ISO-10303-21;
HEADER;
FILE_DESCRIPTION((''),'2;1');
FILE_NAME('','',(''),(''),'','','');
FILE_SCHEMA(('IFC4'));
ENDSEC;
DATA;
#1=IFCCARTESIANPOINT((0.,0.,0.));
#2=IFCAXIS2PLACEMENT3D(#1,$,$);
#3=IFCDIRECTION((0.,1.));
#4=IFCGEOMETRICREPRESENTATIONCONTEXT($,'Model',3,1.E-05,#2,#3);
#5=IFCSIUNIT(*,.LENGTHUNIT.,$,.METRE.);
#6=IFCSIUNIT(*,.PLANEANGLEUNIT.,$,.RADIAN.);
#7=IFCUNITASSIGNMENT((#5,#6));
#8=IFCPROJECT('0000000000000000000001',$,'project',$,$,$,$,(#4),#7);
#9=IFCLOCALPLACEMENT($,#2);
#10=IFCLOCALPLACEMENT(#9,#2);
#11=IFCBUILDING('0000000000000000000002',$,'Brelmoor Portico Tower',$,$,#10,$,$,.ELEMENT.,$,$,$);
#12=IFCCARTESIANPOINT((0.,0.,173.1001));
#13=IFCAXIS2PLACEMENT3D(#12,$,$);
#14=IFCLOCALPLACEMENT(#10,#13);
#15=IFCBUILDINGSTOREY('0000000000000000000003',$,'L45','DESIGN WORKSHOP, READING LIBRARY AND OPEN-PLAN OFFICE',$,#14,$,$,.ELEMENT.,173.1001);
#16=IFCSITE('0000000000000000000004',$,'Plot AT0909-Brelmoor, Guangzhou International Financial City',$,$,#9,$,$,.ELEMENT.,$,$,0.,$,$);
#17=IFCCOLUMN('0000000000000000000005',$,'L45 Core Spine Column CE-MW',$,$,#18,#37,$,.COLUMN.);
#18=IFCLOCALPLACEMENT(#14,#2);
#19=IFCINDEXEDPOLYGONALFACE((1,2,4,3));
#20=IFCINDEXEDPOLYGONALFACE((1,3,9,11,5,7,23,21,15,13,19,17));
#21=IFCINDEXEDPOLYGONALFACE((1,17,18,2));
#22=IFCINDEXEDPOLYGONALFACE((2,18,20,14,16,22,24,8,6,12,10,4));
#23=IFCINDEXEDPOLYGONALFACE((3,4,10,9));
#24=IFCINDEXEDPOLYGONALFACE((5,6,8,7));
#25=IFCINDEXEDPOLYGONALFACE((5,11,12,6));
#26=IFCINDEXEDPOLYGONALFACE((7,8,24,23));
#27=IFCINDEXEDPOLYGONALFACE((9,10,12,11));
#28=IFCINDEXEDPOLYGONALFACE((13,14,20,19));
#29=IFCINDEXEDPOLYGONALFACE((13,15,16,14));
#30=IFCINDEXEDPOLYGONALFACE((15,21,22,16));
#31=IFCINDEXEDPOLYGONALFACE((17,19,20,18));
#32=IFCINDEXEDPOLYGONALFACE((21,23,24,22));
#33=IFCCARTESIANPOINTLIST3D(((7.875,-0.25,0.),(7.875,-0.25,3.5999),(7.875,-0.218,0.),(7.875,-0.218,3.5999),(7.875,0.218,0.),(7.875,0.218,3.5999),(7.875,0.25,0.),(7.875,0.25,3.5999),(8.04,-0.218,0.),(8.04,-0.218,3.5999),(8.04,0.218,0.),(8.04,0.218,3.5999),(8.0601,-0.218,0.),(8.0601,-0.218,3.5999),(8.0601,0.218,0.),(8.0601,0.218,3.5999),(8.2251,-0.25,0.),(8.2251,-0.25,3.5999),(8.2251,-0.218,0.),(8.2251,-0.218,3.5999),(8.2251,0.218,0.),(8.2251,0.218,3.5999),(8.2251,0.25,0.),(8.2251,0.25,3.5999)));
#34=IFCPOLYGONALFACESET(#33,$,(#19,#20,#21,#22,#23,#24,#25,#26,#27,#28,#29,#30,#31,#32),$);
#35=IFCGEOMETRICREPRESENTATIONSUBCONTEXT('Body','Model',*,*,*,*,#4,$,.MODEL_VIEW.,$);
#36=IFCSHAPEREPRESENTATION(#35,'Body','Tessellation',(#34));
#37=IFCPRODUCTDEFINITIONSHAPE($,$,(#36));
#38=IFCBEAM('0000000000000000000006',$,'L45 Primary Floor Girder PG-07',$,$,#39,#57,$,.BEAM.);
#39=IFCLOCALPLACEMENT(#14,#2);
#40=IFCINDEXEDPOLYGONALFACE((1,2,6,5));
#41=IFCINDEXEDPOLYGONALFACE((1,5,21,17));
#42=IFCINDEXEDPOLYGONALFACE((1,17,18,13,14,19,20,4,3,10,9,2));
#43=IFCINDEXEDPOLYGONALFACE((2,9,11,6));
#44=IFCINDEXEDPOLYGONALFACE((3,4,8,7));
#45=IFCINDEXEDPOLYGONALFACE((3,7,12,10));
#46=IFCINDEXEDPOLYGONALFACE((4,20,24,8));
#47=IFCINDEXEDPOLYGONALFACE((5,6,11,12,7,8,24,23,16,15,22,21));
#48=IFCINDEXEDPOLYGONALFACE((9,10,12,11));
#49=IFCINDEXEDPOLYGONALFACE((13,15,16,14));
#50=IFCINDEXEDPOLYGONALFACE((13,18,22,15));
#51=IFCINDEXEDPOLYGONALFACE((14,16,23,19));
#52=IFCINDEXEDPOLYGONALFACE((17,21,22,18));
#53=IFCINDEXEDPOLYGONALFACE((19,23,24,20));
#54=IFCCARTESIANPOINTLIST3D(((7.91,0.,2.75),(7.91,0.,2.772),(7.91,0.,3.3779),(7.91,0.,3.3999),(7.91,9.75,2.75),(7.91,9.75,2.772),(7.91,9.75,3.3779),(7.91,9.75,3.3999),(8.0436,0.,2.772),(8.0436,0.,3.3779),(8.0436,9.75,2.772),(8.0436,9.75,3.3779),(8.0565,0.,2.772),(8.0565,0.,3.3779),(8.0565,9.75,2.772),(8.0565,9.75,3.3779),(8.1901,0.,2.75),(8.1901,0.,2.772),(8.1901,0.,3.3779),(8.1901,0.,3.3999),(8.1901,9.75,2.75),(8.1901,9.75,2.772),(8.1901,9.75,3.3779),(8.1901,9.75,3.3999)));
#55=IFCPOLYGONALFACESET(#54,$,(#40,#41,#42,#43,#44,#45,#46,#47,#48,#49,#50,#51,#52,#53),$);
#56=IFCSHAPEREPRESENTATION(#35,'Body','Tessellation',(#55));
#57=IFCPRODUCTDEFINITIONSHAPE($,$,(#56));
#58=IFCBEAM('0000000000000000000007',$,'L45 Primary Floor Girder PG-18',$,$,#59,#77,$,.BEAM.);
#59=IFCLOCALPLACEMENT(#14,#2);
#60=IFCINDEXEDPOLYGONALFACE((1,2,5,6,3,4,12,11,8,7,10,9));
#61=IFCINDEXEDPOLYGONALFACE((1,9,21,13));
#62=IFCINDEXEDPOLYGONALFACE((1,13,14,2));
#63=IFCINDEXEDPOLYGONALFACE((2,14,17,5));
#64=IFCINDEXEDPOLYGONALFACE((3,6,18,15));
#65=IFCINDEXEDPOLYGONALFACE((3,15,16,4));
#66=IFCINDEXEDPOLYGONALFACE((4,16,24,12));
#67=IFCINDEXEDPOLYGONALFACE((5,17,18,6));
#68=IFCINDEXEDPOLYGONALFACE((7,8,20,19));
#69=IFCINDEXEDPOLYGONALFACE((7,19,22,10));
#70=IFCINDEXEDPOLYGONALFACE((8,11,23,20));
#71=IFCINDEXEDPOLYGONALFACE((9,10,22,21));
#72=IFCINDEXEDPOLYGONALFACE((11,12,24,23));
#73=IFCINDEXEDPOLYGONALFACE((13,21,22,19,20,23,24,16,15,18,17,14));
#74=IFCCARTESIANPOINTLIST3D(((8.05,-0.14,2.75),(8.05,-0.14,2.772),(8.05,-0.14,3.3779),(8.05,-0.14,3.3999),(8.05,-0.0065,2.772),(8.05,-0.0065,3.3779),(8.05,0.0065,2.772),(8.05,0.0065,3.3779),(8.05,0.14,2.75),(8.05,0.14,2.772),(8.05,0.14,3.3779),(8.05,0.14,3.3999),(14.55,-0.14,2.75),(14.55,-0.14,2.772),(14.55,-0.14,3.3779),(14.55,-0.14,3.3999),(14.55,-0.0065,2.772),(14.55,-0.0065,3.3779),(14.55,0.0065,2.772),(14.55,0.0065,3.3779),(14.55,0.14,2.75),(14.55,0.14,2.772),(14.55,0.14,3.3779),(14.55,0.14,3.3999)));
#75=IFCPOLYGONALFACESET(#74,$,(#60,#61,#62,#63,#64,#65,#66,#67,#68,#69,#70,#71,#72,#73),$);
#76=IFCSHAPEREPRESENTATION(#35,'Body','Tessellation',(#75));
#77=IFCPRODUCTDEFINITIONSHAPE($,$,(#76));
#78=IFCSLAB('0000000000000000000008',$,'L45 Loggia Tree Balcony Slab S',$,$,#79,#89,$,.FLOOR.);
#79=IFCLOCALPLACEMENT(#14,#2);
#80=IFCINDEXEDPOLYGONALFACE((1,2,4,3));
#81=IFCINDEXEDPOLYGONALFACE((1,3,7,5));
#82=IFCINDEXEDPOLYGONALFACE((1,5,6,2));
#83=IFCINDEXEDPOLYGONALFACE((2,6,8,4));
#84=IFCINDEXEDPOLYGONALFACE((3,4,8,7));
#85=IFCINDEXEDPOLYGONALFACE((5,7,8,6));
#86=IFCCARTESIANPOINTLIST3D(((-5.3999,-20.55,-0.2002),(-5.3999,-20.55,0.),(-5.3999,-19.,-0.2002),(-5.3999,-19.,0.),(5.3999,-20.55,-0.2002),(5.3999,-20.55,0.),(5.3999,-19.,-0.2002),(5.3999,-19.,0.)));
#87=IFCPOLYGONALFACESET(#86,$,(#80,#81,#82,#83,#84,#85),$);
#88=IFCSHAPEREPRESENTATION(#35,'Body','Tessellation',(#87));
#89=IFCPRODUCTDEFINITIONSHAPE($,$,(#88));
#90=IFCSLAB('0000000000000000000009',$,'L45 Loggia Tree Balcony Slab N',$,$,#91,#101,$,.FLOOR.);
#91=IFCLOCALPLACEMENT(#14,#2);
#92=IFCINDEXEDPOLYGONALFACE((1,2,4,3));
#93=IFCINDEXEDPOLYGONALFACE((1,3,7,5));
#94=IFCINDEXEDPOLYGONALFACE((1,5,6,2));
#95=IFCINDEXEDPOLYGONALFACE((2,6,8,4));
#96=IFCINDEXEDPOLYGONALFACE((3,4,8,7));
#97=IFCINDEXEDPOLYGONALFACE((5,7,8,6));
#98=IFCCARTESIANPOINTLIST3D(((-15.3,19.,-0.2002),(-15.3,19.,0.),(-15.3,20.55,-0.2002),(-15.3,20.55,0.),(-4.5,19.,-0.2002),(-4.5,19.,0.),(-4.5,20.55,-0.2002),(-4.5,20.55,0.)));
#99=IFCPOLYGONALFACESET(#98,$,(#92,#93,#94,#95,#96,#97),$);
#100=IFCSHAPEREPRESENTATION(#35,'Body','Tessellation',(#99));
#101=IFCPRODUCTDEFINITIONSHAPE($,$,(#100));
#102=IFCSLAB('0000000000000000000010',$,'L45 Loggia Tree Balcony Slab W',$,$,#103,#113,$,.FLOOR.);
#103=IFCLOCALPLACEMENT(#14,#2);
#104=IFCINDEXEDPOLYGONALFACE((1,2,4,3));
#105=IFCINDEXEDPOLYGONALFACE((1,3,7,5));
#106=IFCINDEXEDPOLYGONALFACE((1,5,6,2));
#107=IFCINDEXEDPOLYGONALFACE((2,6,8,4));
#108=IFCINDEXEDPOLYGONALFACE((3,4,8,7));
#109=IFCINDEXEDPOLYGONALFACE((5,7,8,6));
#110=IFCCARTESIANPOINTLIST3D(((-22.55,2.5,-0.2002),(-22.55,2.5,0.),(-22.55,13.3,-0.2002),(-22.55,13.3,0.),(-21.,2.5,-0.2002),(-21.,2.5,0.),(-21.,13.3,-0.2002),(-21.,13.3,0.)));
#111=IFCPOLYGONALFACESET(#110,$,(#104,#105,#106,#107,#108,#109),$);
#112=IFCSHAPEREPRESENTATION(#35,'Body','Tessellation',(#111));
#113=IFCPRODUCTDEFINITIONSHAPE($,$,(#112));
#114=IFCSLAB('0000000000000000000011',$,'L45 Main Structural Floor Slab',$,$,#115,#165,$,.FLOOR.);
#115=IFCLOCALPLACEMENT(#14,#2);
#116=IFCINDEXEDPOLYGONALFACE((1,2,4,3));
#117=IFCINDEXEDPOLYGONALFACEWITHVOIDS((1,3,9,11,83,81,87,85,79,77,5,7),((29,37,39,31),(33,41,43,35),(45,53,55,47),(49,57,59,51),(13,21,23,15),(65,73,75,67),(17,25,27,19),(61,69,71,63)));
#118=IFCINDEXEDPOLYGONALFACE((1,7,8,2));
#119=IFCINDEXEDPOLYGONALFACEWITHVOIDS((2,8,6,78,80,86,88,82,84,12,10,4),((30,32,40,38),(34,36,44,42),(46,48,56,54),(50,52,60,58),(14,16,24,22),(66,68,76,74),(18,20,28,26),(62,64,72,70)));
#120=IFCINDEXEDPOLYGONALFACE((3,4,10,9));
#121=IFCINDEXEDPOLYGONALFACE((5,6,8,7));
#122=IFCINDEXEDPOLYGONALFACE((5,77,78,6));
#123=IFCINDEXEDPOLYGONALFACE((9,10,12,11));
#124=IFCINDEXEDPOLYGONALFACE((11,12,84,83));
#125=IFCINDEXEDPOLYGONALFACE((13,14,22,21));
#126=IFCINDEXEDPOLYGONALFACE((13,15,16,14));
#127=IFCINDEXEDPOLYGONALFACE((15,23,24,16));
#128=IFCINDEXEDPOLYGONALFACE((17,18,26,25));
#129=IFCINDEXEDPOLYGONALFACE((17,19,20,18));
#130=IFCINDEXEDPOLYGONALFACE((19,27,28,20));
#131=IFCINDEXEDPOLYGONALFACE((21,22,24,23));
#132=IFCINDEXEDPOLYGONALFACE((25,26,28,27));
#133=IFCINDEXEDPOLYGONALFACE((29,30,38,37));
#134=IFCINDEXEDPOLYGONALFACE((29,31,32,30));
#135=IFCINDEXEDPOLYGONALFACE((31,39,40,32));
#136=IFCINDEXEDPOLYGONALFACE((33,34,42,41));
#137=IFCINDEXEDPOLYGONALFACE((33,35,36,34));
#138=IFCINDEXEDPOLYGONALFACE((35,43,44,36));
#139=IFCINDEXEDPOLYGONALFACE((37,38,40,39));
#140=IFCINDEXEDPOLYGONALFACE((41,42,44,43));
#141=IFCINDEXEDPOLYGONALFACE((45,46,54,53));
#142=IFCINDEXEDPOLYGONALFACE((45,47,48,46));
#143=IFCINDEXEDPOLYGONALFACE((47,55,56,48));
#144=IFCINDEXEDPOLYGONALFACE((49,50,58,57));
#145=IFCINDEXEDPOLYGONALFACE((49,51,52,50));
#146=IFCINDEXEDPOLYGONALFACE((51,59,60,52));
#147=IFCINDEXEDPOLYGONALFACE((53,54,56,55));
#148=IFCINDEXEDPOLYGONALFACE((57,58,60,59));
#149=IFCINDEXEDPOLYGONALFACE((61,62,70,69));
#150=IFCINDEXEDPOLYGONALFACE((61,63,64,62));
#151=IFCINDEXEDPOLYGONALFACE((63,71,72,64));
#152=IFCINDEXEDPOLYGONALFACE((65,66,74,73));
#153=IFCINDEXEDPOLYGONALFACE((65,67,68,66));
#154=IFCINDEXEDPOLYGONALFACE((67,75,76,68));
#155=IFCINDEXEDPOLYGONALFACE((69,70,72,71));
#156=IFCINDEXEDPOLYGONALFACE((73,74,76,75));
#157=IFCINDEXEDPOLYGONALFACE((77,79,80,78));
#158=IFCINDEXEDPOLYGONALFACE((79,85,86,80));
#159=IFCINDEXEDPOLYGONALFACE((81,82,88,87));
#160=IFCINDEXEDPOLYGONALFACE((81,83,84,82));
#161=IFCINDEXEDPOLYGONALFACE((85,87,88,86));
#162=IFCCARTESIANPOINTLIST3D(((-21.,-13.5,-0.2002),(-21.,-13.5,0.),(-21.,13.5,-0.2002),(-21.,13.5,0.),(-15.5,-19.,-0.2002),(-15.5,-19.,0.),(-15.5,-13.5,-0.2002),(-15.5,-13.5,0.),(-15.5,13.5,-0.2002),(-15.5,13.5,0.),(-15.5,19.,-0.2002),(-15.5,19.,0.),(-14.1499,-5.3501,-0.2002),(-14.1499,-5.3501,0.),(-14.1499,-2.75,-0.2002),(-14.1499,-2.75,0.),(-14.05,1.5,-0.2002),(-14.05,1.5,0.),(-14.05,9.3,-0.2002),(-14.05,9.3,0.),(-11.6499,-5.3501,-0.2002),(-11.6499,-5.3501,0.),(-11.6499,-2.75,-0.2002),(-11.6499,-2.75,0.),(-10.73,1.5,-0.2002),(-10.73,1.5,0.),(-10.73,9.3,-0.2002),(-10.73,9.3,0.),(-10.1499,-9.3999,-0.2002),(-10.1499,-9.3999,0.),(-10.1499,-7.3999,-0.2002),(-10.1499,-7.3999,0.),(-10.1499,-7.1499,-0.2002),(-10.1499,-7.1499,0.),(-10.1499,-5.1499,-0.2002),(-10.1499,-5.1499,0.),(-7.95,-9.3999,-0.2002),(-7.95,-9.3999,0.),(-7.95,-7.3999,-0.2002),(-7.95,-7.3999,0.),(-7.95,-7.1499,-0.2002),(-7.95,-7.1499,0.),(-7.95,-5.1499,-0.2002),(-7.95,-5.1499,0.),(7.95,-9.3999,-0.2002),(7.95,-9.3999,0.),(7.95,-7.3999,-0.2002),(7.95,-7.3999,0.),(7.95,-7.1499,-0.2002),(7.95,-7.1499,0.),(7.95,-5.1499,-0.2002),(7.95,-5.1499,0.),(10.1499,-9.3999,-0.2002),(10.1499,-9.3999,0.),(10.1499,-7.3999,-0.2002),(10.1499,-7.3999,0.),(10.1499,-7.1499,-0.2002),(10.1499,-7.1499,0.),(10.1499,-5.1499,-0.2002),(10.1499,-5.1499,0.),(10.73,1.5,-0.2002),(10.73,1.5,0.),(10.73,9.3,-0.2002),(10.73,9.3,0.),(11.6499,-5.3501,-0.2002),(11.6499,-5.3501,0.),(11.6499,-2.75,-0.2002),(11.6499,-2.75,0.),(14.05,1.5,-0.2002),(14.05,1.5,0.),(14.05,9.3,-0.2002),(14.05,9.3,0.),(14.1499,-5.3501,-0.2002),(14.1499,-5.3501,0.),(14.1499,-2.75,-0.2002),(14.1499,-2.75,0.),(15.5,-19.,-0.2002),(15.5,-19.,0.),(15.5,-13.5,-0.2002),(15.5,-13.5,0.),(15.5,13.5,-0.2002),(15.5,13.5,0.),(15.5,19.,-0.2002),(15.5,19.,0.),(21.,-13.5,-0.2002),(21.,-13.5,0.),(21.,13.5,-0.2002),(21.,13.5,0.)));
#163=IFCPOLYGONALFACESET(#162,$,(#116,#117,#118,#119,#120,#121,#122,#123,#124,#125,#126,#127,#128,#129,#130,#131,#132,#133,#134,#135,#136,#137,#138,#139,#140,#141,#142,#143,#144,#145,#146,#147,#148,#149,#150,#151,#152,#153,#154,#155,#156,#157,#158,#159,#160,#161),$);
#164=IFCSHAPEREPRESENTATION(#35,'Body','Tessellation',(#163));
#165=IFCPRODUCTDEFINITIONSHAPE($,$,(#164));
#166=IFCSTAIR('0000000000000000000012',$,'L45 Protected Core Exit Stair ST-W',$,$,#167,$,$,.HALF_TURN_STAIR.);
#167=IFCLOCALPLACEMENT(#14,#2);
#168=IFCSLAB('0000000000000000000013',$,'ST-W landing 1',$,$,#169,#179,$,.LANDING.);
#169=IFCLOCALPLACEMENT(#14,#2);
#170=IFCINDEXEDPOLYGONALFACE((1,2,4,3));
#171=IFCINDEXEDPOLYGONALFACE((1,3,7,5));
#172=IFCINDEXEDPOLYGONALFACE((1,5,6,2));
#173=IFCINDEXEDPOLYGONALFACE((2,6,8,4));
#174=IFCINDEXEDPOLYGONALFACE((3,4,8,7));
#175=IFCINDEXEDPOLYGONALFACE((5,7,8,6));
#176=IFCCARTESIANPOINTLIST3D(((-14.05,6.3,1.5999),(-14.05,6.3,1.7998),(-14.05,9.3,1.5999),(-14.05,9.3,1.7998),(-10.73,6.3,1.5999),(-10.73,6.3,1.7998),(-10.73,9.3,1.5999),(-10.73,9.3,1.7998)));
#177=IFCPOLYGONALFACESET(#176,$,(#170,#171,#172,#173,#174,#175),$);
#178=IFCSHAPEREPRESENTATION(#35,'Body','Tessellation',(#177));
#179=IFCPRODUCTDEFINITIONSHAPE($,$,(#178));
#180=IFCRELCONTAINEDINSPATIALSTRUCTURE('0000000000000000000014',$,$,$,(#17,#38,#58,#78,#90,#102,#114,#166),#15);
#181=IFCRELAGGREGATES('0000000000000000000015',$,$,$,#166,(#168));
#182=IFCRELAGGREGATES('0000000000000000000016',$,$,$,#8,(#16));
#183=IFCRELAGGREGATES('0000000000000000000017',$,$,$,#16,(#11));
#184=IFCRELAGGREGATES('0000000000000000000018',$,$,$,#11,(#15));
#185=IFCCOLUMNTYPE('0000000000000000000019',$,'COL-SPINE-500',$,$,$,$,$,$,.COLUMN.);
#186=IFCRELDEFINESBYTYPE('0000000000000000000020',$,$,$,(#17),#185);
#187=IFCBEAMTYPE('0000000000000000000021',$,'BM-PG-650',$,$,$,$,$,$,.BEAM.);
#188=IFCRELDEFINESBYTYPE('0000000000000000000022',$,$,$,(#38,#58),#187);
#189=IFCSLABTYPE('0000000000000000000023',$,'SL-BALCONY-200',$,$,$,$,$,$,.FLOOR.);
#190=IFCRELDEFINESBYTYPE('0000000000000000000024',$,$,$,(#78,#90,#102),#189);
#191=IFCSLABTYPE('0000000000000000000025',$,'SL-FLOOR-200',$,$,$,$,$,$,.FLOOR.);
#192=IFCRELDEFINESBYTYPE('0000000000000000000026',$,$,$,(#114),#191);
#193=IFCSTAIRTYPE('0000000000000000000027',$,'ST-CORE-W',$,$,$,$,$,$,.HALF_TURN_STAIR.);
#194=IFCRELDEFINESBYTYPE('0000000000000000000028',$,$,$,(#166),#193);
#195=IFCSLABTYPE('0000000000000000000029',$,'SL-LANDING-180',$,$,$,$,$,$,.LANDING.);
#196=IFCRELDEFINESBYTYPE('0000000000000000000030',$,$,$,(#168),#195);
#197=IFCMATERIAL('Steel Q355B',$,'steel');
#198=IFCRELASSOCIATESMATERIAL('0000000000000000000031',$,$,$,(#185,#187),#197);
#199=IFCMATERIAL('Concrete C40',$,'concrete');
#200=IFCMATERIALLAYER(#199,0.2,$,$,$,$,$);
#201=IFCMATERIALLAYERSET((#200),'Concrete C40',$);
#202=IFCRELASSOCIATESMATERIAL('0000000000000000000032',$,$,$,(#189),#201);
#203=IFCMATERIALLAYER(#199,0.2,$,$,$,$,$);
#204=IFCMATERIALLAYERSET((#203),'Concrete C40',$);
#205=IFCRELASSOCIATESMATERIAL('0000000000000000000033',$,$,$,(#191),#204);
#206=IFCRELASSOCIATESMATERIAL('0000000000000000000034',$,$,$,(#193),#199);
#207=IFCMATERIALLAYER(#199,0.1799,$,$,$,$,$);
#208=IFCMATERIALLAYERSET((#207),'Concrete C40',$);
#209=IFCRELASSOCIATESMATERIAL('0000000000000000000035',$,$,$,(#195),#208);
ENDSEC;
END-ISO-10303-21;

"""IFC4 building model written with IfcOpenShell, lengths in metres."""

from ifc_helpers import new_model, si_unit, direction, frame, origin, origin_2d, place, context, subcontext, project, spatial, polyline, i_section, outline, extrude, material, layer, layer_set, material_profile, profile_set, type_object, element, aggregate, save


model = new_model("IFC4")

# Units and contexts
model_context = context("Model", 3, precision=1e-05, world=origin(), true_north=direction((0.0, 1.0)))
body_context = subcontext(model_context, "Body", "Model", "MODEL_VIEW")
ifc_project = project(units=[si_unit("LENGTHUNIT", "METRE"), si_unit("PLANEANGLEUNIT", "RADIAN")], contexts=[model_context])

# Site, building, storey
site_placement = place(None, origin())
site = spatial("IfcSite", under=ifc_project, at=site_placement, Name="Plot AT0909-Brelmoor, Guangzhou International Financial City", CompositionType="ELEMENT", RefElevation=0.0)
building_placement = place(site_placement, origin())
building = spatial("IfcBuilding", under=site, at=building_placement, Name="Brelmoor Portico Tower", CompositionType="ELEMENT")
storey_placement = place(building_placement, frame((0.0, 0.0, 173.1001)))
storey = spatial("IfcBuildingStorey", under=building, at=storey_placement, Name="L45", Description="DESIGN WORKSHOP, READING LIBRARY AND OPEN-PLAN OFFICE", CompositionType="ELEMENT", Elevation=173.1001)

# Column
ifc_material_1 = material(Name="Steel Q355B", Category="steel")
ifc_material_profile_1 = material_profile(ifc_material_1, i_section(OverallWidth=0.3501, OverallDepth=0.5, WebThickness=0.02, FlangeThickness=0.032, at=origin_2d()), Name="HW 500x350x20x32")
ifc_profile_set_1 = profile_set([ifc_material_profile_1], Name="Steel Q355B")
column_type = type_object("IfcColumnType", Name="COL-SPINE-500", PredefinedType="COLUMN", material=ifc_profile_set_1)
column_placement = place(storey_placement, frame((8.05, 0.0, 0.0), z_axis=(0.0, 0.0, 1.0), x_axis=(1.0, 0.0, 0.0)))
element("IfcColumn", 1, at=column_placement, inside=storey, type_object=column_type, Name="L45 Core Spine Column CE-MW", PredefinedType="COLUMN", context=body_context, shape_type="SweptSolid", body=[
    extrude(i_section(OverallWidth=0.3501, OverallDepth=0.5, WebThickness=0.02, FlangeThickness=0.032, at=origin_2d()), origin(), (0.0, 0.0, 1.0), 3.5999),
])

# Beams
ifc_material_profile_2 = material_profile(ifc_material_1, i_section(OverallWidth=0.28, OverallDepth=0.6499, WebThickness=0.0129, FlangeThickness=0.022, at=origin_2d()), Name="HN 650x280x13x22")
ifc_profile_set_2 = profile_set([ifc_material_profile_2], Name="Steel Q355B")
beam_type = type_object("IfcBeamType", Name="BM-PG-650", PredefinedType="BEAM", material=ifc_profile_set_2)
beam_1_placement = place(storey_placement, frame((8.05, 0.0, 3.075), z_axis=(0.0, 1.0, 0.0), x_axis=(-1.0, 0.0, 0.0)))
element("IfcBeam", 2, at=beam_1_placement, inside=storey, type_object=beam_type, Name="L45 Primary Floor Girder PG-07", PredefinedType="BEAM", context=body_context, shape_type="SweptSolid", body=[
    extrude(i_section(OverallWidth=0.28, OverallDepth=0.6499, WebThickness=0.0129, FlangeThickness=0.022, at=origin_2d()), origin(), (0.0, 0.0, 1.0), 9.75),
])
beam_2_placement = place(storey_placement, frame((8.05, 0.0, 3.075), z_axis=(1.0, 0.0, 0.0), x_axis=(0.0, 1.0, 0.0)))
element("IfcBeam", 3, at=beam_2_placement, inside=storey, type_object=beam_type, Name="L45 Primary Floor Girder PG-18", PredefinedType="BEAM", context=body_context, shape_type="SweptSolid", body=[
    extrude(i_section(OverallWidth=0.28, OverallDepth=0.6499, WebThickness=0.0129, FlangeThickness=0.022, at=origin_2d()), origin(), (0.0, 0.0, 1.0), 6.5),
])

# Slabs
ifc_material_2 = material(Name="Concrete C40", Category="concrete")
ifc_layer_1 = layer(ifc_material_2, 0.2)
ifc_layer_set_1 = layer_set([ifc_layer_1], Name="Concrete C40")
slab_type_1 = type_object("IfcSlabType", Name="SL-BALCONY-200", PredefinedType="FLOOR", material=ifc_layer_set_1)
slab_1_placement = place(storey_placement, frame((0.0, 0.0, -0.2002)))
element("IfcSlab", 4, at=slab_1_placement, inside=storey, type_object=slab_type_1, Name="L45 Loggia Tree Balcony Slab S", PredefinedType="FLOOR", context=body_context, shape_type="SweptSolid", body=[
    extrude(outline(polyline([(-5.3999, -20.55), (5.3999, -20.55), (5.3999, -19.0), (-5.3999, -19.0), (-5.3999, -20.55)])), origin(), (0.0, 0.0, 1.0), 0.2002),
])
slab_2_placement = place(storey_placement, frame((0.0, 0.0, -0.2002)))
element("IfcSlab", 5, at=slab_2_placement, inside=storey, type_object=slab_type_1, Name="L45 Loggia Tree Balcony Slab N", PredefinedType="FLOOR", context=body_context, shape_type="SweptSolid", body=[
    extrude(outline(polyline([(-15.3, 19.0), (-4.5, 19.0), (-4.5, 20.55), (-15.3, 20.55), (-15.3, 19.0)])), origin(), (0.0, 0.0, 1.0), 0.2002),
])
slab_3_placement = place(storey_placement, frame((0.0, 0.0, -0.2002)))
element("IfcSlab", 6, at=slab_3_placement, inside=storey, type_object=slab_type_1, Name="L45 Loggia Tree Balcony Slab W", PredefinedType="FLOOR", context=body_context, shape_type="SweptSolid", body=[
    extrude(outline(polyline([(-22.55, 2.5), (-21.0, 2.5), (-21.0, 13.3), (-22.55, 13.3), (-22.55, 2.5)])), origin(), (0.0, 0.0, 1.0), 0.2002),
])
ifc_layer_2 = layer(ifc_material_2, 0.2)
ifc_layer_set_2 = layer_set([ifc_layer_2], Name="Concrete C40")
slab_type_2 = type_object("IfcSlabType", Name="SL-FLOOR-200", PredefinedType="FLOOR", material=ifc_layer_set_2)
slab_4_placement = place(storey_placement, frame((0.0, 0.0, -0.2002)))
element("IfcSlab", 7, at=slab_4_placement, inside=storey, type_object=slab_type_2, Name="L45 Main Structural Floor Slab", PredefinedType="FLOOR", context=body_context, shape_type="SweptSolid", body=[
    extrude(outline(polyline([(-15.5, -19.0), (15.5, -19.0), (15.5, -13.5), (21.0, -13.5), (21.0, 13.5), (15.5, 13.5), (15.5, 19.0), (-15.5, 19.0), (-15.5, 13.5), (-21.0, 13.5), (-21.0, -13.5), (-15.5, -13.5), (-15.5, -19.0)]), holes=[polyline([(-10.73, 1.5), (-10.73, 9.3), (-14.05, 9.3), (-14.05, 1.5), (-10.73, 1.5)]), polyline([(14.05, 1.5), (14.05, 9.3), (10.73, 9.3), (10.73, 1.5), (14.05, 1.5)]), polyline([(-10.1499, -9.3999), (-7.95, -9.3999), (-7.95, -7.3999), (-10.1499, -7.3999), (-10.1499, -9.3999)]), polyline([(-10.1499, -7.1499), (-7.95, -7.1499), (-7.95, -5.1499), (-10.1499, -5.1499), (-10.1499, -7.1499)]), polyline([(7.95, -9.3999), (10.1499, -9.3999), (10.1499, -7.3999), (7.95, -7.3999), (7.95, -9.3999)]), polyline([(7.95, -7.1499), (10.1499, -7.1499), (10.1499, -5.1499), (7.95, -5.1499), (7.95, -7.1499)]), polyline([(-14.1499, -5.3501), (-11.6499, -5.3501), (-11.6499, -2.75), (-14.1499, -2.75), (-14.1499, -5.3501)]), polyline([(11.6499, -5.3501), (14.1499, -5.3501), (14.1499, -2.75), (11.6499, -2.75), (11.6499, -5.3501)])]), origin(), (0.0, 0.0, 1.0), 0.2002),
])

# Stair, slab
stair_type_1 = type_object("IfcStairType", Name="ST-CORE-W", PredefinedType="HALF_TURN_STAIR", material=ifc_material_2)
stair_1_placement = place(storey_placement, origin())
stair_1 = element("IfcStair", 8, at=stair_1_placement, inside=storey, type_object=stair_type_1, Name="L45 Protected Core Exit Stair ST-W", PredefinedType="HALF_TURN_STAIR")
ifc_layer_3 = layer(ifc_material_2, 0.1799)
ifc_layer_set_3 = layer_set([ifc_layer_3], Name="Concrete C40")
slab_type_3 = type_object("IfcSlabType", Name="SL-LANDING-180", PredefinedType="LANDING", material=ifc_layer_set_3)
slab_5_placement = place(storey_placement, frame((0.0, 0.0, 1.5999)))
slab_5 = element("IfcSlab", 9, at=slab_5_placement, type_object=slab_type_3, Name="ST-W landing 1", PredefinedType="LANDING", context=body_context, shape_type="SweptSolid", body=[
    extrude(outline(polyline([(-10.73, 6.3), (-10.73, 9.3), (-14.05, 9.3), (-14.05, 6.3), (-10.73, 6.3)])), origin(), (0.0, 0.0, 1.0), 0.2),
])
aggregate(stair_1, [slab_5])

save(model, "model.ifc")
